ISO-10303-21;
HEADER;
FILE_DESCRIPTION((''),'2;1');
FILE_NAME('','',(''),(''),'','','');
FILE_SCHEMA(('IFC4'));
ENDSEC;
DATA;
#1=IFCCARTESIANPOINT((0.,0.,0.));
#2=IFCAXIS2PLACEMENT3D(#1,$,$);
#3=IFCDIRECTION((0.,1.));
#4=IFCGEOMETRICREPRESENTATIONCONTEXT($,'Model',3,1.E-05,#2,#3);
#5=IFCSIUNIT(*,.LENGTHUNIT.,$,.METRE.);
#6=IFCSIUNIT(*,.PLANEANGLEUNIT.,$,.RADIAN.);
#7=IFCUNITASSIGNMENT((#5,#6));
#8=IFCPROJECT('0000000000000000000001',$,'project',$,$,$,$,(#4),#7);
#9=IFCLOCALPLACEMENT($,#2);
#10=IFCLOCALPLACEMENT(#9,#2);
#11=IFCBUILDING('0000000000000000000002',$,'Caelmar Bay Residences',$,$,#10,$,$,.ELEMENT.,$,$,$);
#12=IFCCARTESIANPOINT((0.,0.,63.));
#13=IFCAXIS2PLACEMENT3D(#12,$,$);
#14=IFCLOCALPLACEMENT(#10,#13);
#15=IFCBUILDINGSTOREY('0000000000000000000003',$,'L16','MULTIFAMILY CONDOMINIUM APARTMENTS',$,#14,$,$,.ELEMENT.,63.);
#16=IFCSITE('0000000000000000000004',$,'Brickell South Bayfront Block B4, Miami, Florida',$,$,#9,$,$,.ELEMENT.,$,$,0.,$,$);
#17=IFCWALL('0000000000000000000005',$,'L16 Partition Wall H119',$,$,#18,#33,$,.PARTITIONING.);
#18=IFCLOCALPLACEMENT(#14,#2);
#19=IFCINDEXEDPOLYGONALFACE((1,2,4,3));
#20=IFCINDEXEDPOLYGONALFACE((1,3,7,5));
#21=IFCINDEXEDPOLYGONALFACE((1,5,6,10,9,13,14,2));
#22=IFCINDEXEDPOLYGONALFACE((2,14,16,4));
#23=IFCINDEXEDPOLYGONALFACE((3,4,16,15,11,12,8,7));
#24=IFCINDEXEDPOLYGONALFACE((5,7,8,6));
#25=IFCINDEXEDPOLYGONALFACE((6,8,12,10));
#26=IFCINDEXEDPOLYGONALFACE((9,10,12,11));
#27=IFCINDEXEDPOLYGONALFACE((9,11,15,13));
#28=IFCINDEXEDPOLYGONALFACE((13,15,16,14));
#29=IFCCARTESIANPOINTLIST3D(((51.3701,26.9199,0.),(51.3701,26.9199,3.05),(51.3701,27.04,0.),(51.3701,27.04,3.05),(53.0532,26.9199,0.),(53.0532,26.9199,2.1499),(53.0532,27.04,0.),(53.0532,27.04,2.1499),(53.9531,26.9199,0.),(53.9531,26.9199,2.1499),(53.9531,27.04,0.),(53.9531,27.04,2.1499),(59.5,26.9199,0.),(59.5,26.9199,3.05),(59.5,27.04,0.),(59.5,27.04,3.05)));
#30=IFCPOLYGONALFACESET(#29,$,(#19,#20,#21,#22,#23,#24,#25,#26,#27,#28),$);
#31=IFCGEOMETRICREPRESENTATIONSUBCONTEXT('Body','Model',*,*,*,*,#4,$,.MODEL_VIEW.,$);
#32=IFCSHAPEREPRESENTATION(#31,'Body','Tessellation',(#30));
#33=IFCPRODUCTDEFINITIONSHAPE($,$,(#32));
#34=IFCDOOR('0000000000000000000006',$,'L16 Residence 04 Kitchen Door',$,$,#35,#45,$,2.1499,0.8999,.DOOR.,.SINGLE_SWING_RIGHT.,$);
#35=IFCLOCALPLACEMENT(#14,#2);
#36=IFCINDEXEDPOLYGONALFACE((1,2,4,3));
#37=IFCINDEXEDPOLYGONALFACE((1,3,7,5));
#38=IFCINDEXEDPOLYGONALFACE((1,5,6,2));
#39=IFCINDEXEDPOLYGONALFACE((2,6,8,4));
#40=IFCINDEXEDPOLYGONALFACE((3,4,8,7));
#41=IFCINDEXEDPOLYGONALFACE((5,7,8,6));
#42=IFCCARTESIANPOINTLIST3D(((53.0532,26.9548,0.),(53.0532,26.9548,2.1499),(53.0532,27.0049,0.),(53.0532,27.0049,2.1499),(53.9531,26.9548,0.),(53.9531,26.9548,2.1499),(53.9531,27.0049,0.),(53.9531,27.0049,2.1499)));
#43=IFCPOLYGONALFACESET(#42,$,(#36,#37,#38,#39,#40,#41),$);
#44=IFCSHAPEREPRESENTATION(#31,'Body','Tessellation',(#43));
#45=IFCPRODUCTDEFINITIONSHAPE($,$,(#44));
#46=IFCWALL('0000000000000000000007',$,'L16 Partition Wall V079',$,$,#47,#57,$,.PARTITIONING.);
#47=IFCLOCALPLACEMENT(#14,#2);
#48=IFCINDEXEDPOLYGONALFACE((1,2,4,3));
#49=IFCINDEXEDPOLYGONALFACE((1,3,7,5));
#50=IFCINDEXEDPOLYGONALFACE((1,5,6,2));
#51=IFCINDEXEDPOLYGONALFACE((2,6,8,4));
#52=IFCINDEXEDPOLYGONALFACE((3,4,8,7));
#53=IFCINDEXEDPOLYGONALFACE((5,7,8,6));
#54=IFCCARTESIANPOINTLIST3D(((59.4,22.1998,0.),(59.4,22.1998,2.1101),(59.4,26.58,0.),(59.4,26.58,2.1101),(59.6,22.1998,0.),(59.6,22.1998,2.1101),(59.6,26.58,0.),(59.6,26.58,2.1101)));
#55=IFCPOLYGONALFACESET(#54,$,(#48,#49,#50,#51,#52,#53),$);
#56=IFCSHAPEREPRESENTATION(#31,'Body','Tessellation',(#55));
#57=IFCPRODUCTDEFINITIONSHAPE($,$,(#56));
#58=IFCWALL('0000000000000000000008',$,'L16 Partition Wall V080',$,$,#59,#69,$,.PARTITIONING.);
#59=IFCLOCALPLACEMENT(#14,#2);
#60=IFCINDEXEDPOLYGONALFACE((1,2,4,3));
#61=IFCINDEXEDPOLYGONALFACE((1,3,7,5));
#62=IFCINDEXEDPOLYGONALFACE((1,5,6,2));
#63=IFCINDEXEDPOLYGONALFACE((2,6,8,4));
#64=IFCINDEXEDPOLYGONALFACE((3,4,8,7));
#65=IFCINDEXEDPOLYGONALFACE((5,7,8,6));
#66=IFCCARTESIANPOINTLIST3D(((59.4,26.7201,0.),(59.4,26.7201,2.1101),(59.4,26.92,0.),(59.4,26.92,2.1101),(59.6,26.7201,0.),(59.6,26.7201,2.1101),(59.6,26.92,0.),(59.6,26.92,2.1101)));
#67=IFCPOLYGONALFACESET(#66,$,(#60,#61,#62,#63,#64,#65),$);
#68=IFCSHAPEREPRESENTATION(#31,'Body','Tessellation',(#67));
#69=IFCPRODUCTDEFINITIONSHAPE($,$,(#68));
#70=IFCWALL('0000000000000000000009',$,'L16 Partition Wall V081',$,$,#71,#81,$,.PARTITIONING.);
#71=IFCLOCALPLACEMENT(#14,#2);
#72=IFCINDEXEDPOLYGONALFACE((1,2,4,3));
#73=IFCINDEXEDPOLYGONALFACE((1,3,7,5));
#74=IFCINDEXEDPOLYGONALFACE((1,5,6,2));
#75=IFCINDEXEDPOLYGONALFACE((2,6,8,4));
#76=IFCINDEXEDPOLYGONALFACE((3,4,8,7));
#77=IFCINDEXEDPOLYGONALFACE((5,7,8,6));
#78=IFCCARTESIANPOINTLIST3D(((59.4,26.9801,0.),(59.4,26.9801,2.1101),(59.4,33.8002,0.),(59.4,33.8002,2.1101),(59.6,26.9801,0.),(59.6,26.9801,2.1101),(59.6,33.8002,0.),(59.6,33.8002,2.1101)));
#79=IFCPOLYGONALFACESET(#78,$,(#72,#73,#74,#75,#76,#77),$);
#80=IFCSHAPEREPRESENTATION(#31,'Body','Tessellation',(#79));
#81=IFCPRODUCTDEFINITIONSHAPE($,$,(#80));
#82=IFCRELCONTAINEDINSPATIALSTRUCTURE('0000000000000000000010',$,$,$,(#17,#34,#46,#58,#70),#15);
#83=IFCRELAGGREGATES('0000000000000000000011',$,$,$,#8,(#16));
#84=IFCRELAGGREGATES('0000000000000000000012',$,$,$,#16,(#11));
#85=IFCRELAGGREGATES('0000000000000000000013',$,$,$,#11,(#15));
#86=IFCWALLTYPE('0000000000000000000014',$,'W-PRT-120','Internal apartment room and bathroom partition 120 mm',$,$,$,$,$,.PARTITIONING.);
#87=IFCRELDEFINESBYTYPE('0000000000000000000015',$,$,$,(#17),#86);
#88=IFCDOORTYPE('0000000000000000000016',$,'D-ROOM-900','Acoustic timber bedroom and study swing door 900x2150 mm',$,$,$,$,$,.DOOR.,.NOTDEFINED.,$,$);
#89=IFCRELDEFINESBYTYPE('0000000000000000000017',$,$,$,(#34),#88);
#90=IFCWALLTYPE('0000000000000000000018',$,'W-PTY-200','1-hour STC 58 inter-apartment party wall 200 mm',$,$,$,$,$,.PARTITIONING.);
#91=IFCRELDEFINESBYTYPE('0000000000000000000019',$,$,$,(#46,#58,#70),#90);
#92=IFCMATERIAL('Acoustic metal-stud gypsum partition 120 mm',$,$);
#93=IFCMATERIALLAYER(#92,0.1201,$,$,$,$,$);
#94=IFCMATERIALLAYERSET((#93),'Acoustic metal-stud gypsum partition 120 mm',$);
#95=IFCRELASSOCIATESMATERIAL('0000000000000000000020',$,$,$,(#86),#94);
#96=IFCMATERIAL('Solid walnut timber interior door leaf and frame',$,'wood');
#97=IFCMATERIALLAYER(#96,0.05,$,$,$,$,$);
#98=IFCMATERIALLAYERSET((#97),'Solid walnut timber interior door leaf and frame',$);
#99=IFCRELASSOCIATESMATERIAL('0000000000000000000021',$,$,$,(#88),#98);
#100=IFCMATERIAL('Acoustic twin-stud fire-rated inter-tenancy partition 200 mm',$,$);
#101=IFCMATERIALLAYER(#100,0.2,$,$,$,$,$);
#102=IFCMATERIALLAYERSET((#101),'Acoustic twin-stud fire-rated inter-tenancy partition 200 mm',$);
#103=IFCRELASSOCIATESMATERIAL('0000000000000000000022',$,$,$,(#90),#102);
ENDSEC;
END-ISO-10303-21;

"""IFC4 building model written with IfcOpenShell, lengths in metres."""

from ifc_helpers import new_model, si_unit, direction, frame, frame_2d, origin, place, context, subcontext, project, spatial, rectangle, extrude, material, layer, layer_set, type_object, element, fill, save


model = new_model("IFC4")

# Units and contexts
model_context = context("Model", 3, precision=1e-05, world=origin(), true_north=direction((0.0, 1.0)))
body_context = subcontext(model_context, "Body", "Model", "MODEL_VIEW")
ifc_project = project(units=[si_unit("LENGTHUNIT", "METRE"), si_unit("PLANEANGLEUNIT", "RADIAN")], contexts=[model_context])

# Site, building, storey
site_placement = place(None, origin())
site = spatial("IfcSite", under=ifc_project, at=site_placement, Name="Brickell South Bayfront Block B4, Miami, Florida", CompositionType="ELEMENT", RefElevation=0.0)
building_placement = place(site_placement, origin())
building = spatial("IfcBuilding", under=site, at=building_placement, Name="Caelmar Bay Residences", CompositionType="ELEMENT")
storey_placement = place(building_placement, frame((0.0, 0.0, 63.0)))
storey = spatial("IfcBuildingStorey", under=building, at=storey_placement, Name="L16", Description="MULTIFAMILY CONDOMINIUM APARTMENTS", CompositionType="ELEMENT", Elevation=63.0)

# Shared definitions
ifc_material_1 = material(Name="Acoustic metal-stud gypsum partition 120 mm")
ifc_layer_1 = layer(ifc_material_1, 0.1201)
ifc_layer_set_1 = layer_set([ifc_layer_1], Name="Acoustic metal-stud gypsum partition 120 mm")
wall_type_1 = type_object("IfcWallType", Name="W-PRT-120", Description="Internal apartment room and bathroom partition 120 mm", PredefinedType="PARTITIONING", material=ifc_layer_set_1)
ifc_material_2 = material(Name="Solid walnut timber interior door leaf and frame", Category="wood")

# Shared definitions
ifc_layer_2 = layer(ifc_material_2, 0.05)
ifc_layer_set_2 = layer_set([ifc_layer_2], Name="Solid walnut timber interior door leaf and frame")
door_type_1 = type_object("IfcDoorType", Name="D-ROOM-900", Description="Acoustic timber bedroom and study swing door 900x2150 mm", OperationType="NOTDEFINED", PredefinedType="DOOR", material=ifc_layer_set_2)

# Wall, opening, door
wall_1_placement = place(storey_placement, frame((51.3701, 26.98, 0.0), z_axis=(0.0, 0.0, 1.0), x_axis=(1.0, 0.0, 0.0)))
wall_1 = element("IfcWall", 1, at=wall_1_placement, inside=storey, type_object=wall_type_1, Name="L16 Partition Wall H119", PredefinedType="PARTITIONING", context=body_context, shape_type="SweptSolid", body=[
    extrude(rectangle(XDim=8.1299, YDim=0.1201, at=frame_2d((4.0649, 0.0))), origin(), (0.0, 0.0, 1.0), 3.05),
])
opening_1_placement = place(wall_1_placement, frame((1.6831, 0.0, 0.0)))
opening_1 = element("IfcOpeningElement", 2, at=opening_1_placement, cuts=wall_1, PredefinedType="OPENING", context=body_context, shape_type="SweptSolid", body=[
    extrude(rectangle(XDim=0.8999, YDim=2.1499, at=frame_2d((0.45, 1.075))), frame((0.0, 0.0701, 0.0), z_axis=(0.0, -1.0, 0.0), x_axis=(1.0, 0.0, 0.0)), (0.0, 0.0, 1.0), 0.1401),
])
door_1_placement = place(opening_1_placement, origin())
door_1 = element("IfcDoor", 3, at=door_1_placement, inside=storey, type_object=door_type_1, Name="L16 Residence 04 Kitchen Door", OperationType="SINGLE_SWING_RIGHT", OverallHeight=2.1499, OverallWidth=0.8999, PredefinedType="DOOR", context=body_context, shape_type="SweptSolid", body=[
    extrude(rectangle(XDim=0.8999, YDim=2.1499, at=frame_2d((0.45, 1.075))), frame((0.0, 0.0249, 0.0), z_axis=(0.0, -1.0, 0.0), x_axis=(1.0, 0.0, 0.0)), (0.0, 0.0, 1.0), 0.05),
])
fill(opening_1, door_1)

# Walls
ifc_material_3 = material(Name="Acoustic twin-stud fire-rated inter-tenancy partition 200 mm")
ifc_layer_3 = layer(ifc_material_3, 0.2)
ifc_layer_set_3 = layer_set([ifc_layer_3], Name="Acoustic twin-stud fire-rated inter-tenancy partition 200 mm")
wall_type_2 = type_object("IfcWallType", Name="W-PTY-200", Description="1-hour STC 58 inter-apartment party wall 200 mm", PredefinedType="PARTITIONING", material=ifc_layer_set_3)
wall_2_placement = place(storey_placement, frame((59.5, 22.2, 0.0), z_axis=(0.0, 0.0, 1.0), x_axis=(0.0, 1.0, 0.0)))
element("IfcWall", 4, at=wall_2_placement, inside=storey, type_object=wall_type_2, Name="L16 Partition Wall V079", PredefinedType="PARTITIONING", context=body_context, shape_type="SweptSolid", body=[
    extrude(rectangle(XDim=4.3801, YDim=0.2, at=frame_2d((2.1899, 0.0))), origin(), (0.0, 0.0, 1.0), 2.1101),
])
wall_3_placement = place(storey_placement, frame((59.5, 26.72, 0.0), z_axis=(0.0, 0.0, 1.0), x_axis=(0.0, 1.0, 0.0)))
element("IfcWall", 5, at=wall_3_placement, inside=storey, type_object=wall_type_2, Name="L16 Partition Wall V080", PredefinedType="PARTITIONING", context=body_context, shape_type="SweptSolid", body=[
    extrude(rectangle(XDim=0.2, YDim=0.2, at=frame_2d((0.1001, 0.0))), origin(), (0.0, 0.0, 1.0), 2.1101),
])
wall_4_placement = place(storey_placement, frame((59.5, 26.98, 0.0), z_axis=(0.0, 0.0, 1.0), x_axis=(0.0, 1.0, 0.0)))
element("IfcWall", 6, at=wall_4_placement, inside=storey, type_object=wall_type_2, Name="L16 Partition Wall V081", PredefinedType="PARTITIONING", context=body_context, shape_type="SweptSolid", body=[
    extrude(rectangle(XDim=6.8201, YDim=0.2, at=frame_2d((3.4102, 0.0))), origin(), (0.0, 0.0, 1.0), 2.1101),
])

save(model, "model.ifc")
